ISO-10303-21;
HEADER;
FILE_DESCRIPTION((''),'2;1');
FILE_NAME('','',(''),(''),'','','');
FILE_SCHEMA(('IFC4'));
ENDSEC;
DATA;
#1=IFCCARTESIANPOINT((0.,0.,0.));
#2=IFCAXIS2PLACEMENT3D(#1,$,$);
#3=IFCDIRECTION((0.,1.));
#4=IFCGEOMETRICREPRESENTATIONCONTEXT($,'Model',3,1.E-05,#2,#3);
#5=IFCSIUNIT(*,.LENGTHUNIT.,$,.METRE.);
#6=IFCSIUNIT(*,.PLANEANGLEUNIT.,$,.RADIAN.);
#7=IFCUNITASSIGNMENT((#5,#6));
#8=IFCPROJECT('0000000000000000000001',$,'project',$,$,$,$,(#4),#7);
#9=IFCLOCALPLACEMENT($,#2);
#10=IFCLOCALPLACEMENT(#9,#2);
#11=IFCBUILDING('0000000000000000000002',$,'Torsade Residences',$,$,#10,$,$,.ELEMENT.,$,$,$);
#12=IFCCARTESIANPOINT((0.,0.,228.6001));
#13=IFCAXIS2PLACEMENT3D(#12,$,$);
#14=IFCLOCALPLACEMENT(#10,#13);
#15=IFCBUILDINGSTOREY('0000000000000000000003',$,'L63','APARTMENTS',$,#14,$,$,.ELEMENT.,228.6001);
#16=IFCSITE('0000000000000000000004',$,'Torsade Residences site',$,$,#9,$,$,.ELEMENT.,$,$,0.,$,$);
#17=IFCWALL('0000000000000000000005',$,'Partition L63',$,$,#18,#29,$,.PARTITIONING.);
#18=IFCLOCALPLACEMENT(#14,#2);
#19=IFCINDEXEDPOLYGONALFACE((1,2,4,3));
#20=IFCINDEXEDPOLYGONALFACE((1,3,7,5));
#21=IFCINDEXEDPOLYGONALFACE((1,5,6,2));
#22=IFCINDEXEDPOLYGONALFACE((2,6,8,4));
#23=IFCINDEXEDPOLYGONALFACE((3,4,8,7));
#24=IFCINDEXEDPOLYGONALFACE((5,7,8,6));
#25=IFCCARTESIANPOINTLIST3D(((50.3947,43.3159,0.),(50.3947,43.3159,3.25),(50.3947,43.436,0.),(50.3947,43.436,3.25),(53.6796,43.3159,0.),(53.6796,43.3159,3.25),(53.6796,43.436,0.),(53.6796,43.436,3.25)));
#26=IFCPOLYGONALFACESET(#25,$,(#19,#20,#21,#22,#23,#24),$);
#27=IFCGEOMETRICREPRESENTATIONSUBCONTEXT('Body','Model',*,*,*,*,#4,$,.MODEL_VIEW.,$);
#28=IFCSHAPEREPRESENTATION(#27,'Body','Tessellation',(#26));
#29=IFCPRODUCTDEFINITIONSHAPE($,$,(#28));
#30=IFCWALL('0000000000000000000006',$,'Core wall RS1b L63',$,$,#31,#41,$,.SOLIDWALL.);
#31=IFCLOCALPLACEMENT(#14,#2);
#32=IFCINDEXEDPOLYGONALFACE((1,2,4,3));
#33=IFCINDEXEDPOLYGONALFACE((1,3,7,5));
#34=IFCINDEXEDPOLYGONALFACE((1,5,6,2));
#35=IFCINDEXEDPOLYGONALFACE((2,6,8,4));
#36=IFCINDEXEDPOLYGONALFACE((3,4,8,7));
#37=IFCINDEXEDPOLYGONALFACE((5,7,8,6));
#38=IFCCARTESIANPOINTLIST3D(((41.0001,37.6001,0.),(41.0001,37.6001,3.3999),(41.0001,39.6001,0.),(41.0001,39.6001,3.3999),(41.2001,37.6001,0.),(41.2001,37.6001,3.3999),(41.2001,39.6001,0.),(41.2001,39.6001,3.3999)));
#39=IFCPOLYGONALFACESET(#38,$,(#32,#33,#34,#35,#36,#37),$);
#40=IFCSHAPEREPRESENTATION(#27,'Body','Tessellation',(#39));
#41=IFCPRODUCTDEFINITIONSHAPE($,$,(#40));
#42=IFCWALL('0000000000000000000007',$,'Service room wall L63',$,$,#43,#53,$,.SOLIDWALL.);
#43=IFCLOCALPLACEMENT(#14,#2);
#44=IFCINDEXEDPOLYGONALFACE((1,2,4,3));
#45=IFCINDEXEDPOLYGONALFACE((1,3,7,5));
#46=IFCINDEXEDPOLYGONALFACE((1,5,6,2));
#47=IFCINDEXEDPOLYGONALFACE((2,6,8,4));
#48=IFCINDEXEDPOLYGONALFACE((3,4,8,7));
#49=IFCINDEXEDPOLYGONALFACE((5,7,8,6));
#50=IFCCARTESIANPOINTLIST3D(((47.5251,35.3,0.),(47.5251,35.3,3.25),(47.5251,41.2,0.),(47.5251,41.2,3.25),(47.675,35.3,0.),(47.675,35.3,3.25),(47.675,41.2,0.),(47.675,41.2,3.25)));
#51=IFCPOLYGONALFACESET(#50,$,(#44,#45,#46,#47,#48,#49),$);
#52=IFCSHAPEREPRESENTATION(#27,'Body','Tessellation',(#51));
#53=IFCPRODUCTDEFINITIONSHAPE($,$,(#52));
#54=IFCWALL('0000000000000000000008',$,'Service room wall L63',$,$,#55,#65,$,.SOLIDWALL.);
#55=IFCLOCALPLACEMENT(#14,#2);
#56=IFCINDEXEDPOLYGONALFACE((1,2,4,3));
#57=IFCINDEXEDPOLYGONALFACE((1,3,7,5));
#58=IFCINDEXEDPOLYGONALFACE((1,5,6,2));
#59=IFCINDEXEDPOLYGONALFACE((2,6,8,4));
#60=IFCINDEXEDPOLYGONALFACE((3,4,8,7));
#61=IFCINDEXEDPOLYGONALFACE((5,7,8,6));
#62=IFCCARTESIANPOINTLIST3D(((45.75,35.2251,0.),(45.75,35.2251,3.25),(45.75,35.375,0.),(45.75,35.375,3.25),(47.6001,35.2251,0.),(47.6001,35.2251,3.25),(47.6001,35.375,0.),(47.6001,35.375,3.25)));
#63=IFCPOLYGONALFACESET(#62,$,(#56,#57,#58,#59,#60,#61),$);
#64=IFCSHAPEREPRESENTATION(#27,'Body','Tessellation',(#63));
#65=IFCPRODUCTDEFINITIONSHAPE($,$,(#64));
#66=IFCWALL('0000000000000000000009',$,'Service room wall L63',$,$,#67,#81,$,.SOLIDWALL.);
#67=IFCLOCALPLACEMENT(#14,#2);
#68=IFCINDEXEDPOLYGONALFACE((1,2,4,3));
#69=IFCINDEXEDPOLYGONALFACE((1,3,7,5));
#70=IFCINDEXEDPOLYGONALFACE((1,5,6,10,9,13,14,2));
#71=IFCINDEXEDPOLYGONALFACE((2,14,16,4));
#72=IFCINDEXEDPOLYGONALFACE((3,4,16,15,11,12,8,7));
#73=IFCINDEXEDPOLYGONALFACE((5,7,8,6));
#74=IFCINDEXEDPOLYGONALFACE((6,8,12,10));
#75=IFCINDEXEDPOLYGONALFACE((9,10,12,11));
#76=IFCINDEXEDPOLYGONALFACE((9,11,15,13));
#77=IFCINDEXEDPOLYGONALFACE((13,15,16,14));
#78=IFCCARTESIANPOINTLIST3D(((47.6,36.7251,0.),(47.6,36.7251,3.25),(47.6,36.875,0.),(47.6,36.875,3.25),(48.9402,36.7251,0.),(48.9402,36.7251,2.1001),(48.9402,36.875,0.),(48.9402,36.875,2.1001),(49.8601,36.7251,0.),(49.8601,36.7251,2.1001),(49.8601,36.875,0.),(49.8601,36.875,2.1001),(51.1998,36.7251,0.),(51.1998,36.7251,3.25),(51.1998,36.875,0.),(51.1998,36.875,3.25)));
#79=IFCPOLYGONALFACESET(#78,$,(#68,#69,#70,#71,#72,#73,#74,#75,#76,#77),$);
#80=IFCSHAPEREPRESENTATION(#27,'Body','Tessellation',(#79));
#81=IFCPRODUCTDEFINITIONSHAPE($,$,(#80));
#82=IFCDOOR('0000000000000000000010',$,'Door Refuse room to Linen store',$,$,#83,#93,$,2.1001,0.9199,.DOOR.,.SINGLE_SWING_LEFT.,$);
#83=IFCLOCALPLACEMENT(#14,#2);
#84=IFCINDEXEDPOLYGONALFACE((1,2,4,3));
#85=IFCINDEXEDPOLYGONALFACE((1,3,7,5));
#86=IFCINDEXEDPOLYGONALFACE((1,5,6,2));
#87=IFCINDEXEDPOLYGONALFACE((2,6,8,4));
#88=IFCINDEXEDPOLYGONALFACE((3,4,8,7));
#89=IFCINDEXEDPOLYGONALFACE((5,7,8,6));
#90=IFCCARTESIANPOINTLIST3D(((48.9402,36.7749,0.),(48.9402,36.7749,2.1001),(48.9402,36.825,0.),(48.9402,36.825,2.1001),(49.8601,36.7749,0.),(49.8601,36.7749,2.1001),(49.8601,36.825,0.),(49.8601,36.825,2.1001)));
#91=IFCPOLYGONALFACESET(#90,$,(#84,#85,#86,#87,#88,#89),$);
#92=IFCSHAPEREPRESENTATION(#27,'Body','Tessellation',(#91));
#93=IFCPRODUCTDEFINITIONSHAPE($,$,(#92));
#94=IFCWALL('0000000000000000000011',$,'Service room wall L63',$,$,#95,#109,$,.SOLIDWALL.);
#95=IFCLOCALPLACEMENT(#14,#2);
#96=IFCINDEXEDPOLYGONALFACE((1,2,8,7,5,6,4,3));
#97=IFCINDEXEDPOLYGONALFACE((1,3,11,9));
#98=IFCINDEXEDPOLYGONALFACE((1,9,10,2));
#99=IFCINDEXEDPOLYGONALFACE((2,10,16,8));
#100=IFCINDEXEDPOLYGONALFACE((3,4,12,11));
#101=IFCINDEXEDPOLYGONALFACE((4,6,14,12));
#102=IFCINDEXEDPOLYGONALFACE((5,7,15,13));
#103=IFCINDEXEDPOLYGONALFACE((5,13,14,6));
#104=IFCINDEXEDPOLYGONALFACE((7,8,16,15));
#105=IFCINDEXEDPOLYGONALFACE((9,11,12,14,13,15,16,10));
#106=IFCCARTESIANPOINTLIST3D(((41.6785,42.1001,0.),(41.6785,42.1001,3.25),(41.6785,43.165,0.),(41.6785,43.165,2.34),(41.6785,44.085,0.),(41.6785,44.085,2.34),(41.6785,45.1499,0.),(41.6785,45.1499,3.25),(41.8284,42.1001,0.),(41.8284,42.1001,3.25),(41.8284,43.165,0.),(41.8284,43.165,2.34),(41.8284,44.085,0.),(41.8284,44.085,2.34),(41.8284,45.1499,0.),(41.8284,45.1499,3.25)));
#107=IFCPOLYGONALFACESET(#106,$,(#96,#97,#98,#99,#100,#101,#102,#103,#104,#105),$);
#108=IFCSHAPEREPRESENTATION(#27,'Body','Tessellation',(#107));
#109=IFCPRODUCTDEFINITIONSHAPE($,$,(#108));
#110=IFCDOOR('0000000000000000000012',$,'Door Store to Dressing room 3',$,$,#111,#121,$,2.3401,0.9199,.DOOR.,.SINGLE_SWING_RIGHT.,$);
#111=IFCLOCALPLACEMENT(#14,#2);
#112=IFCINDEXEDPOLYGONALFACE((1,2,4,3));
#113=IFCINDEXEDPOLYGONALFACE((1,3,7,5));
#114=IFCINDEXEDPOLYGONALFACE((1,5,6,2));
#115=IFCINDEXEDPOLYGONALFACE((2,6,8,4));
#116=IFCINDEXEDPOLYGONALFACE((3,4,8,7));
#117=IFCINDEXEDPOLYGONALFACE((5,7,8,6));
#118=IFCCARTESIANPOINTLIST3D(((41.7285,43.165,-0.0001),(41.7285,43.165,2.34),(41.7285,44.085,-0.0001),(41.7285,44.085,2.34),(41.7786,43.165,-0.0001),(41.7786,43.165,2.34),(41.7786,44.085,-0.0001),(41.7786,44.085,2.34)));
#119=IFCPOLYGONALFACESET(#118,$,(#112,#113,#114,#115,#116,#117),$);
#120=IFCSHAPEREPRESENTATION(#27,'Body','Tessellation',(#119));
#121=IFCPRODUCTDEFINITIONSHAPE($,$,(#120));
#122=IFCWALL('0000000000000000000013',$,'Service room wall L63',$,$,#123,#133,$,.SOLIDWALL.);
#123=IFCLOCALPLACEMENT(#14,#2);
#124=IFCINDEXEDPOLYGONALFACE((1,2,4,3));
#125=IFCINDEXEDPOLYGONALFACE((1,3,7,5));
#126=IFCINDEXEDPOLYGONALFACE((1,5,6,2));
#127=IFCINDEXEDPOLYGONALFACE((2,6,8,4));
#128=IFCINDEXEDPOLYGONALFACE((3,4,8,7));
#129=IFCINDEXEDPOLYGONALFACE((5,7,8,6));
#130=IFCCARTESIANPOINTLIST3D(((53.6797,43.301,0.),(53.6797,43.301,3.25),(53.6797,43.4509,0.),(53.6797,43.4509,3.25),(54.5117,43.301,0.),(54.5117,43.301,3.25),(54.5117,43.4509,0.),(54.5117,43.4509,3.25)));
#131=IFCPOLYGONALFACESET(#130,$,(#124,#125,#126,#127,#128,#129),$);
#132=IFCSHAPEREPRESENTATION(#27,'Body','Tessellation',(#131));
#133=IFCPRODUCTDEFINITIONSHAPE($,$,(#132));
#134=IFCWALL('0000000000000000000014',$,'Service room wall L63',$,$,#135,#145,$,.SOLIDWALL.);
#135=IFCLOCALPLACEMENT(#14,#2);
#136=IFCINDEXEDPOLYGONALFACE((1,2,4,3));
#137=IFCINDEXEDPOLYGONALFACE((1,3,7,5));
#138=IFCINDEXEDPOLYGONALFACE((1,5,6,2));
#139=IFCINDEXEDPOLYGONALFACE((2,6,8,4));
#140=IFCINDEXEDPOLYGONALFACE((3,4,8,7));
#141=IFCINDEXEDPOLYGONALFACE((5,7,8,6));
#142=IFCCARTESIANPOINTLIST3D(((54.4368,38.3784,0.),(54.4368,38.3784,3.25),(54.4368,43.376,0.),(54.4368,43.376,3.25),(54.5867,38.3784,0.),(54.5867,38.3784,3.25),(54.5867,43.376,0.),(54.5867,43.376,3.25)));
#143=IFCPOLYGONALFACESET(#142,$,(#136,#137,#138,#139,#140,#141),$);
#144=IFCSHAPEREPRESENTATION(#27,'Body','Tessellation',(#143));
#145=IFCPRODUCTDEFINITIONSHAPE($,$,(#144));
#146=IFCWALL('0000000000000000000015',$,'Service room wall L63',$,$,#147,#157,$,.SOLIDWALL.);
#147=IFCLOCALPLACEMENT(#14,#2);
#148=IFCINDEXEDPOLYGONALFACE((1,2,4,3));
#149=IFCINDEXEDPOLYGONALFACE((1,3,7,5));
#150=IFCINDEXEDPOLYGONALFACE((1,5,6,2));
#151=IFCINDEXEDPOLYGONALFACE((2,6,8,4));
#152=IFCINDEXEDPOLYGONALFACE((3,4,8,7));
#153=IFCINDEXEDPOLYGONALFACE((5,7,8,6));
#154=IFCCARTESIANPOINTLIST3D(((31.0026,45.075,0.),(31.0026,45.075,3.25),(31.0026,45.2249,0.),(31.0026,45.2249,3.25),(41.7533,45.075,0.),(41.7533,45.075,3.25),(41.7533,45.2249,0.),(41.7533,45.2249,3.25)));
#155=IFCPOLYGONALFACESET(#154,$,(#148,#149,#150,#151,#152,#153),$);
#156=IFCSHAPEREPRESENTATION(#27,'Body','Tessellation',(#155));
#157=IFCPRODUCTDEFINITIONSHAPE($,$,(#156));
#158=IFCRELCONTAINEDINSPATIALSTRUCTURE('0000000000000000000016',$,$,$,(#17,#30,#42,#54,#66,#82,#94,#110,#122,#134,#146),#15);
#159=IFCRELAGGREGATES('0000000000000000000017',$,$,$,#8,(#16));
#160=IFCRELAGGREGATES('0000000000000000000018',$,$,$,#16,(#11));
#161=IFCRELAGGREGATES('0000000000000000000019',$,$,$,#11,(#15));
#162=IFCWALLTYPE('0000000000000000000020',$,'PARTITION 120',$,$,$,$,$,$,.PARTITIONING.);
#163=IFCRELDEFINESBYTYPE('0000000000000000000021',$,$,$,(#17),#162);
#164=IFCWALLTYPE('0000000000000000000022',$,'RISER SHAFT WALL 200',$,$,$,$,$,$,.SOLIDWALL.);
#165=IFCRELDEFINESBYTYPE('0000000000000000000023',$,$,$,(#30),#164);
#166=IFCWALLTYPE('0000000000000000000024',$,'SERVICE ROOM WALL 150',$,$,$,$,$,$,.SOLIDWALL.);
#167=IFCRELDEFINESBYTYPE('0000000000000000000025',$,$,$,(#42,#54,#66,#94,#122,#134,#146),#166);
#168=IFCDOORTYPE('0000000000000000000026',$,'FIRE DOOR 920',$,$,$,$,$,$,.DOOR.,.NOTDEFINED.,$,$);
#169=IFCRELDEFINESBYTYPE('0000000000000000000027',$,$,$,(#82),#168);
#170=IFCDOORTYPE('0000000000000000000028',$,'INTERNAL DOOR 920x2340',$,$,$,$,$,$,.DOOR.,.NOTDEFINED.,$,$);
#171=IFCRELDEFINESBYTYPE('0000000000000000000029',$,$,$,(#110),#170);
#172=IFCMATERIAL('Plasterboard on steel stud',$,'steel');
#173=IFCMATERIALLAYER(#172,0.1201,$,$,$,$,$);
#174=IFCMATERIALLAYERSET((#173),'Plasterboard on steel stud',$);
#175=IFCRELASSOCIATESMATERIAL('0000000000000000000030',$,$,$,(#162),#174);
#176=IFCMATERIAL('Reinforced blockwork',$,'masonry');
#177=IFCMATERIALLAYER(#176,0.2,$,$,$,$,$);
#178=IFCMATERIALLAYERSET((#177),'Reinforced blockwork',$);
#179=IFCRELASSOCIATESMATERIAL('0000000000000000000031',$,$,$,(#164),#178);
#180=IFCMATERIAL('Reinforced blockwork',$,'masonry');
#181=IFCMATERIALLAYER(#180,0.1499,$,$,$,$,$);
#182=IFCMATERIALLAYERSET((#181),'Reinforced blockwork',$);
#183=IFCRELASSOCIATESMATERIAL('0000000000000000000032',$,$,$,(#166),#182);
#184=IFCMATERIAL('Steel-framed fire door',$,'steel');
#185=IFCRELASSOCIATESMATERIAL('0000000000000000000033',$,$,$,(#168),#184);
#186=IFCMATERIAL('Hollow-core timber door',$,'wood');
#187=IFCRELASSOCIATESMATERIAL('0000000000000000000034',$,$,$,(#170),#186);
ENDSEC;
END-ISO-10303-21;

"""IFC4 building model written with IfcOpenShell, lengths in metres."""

from ifc_helpers import new_model, si_unit, direction, frame, frame_2d, origin, place, context, subcontext, project, spatial, rectangle, extrude, material, layer, layer_set, type_object, element, fill, save


model = new_model("IFC4")

# Units and contexts
model_context = context("Model", 3, precision=1e-05, world=origin(), true_north=direction((0.0, 1.0)))
body_context = subcontext(model_context, "Body", "Model", "MODEL_VIEW")
ifc_project = project(units=[si_unit("LENGTHUNIT", "METRE"), si_unit("PLANEANGLEUNIT", "RADIAN")], contexts=[model_context])

# Site, building, storey
site_placement = place(None, origin())
site = spatial("IfcSite", under=ifc_project, at=site_placement, Name="Torsade Residences site", CompositionType="ELEMENT", RefElevation=0.0)
building_placement = place(site_placement, origin())
building = spatial("IfcBuilding", under=site, at=building_placement, Name="Torsade Residences", CompositionType="ELEMENT")
storey_placement = place(building_placement, frame((0.0, 0.0, 228.6001)))
storey = spatial("IfcBuildingStorey", under=building, at=storey_placement, Name="L63", Description="APARTMENTS", CompositionType="ELEMENT", Elevation=228.6001)

# Shared definitions
ifc_material_1 = material(Name="Plasterboard on steel stud", Category="steel")
ifc_layer_1 = layer(ifc_material_1, 0.1201)
ifc_layer_set_1 = layer_set([ifc_layer_1], Name="Plasterboard on steel stud")
wall_type_1 = type_object("IfcWallType", Name="PARTITION 120", PredefinedType="PARTITIONING", material=ifc_layer_set_1)

# Walls
wall_1_placement = place(storey_placement, frame((53.6797, 43.376, 0.0), z_axis=(0.0, 0.0, 1.0), x_axis=(-1.0, 0.0, 0.0)))
element("IfcWall", 1, at=wall_1_placement, inside=storey, type_object=wall_type_1, Name="Partition L63", PredefinedType="PARTITIONING", context=body_context, shape_type="SweptSolid", body=[
    extrude(rectangle(XDim=3.2849, YDim=0.1201, at=frame_2d((1.6426, 0.0))), origin(), (0.0, 0.0, 1.0), 3.25),
])
ifc_material_2 = material(Name="Reinforced blockwork", Category="masonry")
ifc_layer_2 = layer(ifc_material_2, 0.2)
ifc_layer_set_2 = layer_set([ifc_layer_2], Name="Reinforced blockwork")
wall_type_2 = type_object("IfcWallType", Name="RISER SHAFT WALL 200", PredefinedType="SOLIDWALL", material=ifc_layer_set_2)
wall_2_placement = place(storey_placement, frame((41.1001, 37.6001, 0.0), z_axis=(0.0, 0.0, 1.0), x_axis=(0.0, 1.0, 0.0)))
element("IfcWall", 2, at=wall_2_placement, inside=storey, type_object=wall_type_2, Name="Core wall RS1b L63", PredefinedType="SOLIDWALL", context=body_context, shape_type="SweptSolid", body=[
    extrude(rectangle(XDim=2.0, YDim=0.2, at=frame_2d((1.0, 0.0))), origin(), (0.0, 0.0, 1.0), 3.3999),
])
ifc_material_3 = material(Name="Reinforced blockwork", Category="masonry")
ifc_layer_3 = layer(ifc_material_3, 0.1499)
ifc_layer_set_3 = layer_set([ifc_layer_3], Name="Reinforced blockwork")
wall_type_3 = type_object("IfcWallType", Name="SERVICE ROOM WALL 150", PredefinedType="SOLIDWALL", material=ifc_layer_set_3)
wall_3_placement = place(storey_placement, frame((47.6001, 41.2, 0.0), z_axis=(0.0, 0.0, 1.0), x_axis=(0.0, -1.0, 0.0)))
element("IfcWall", 3, at=wall_3_placement, inside=storey, type_object=wall_type_3, Name="Service room wall L63", PredefinedType="SOLIDWALL", context=body_context, shape_type="SweptSolid", body=[
    extrude(rectangle(XDim=5.8999, YDim=0.1499, at=frame_2d((2.95, 0.0))), origin(), (0.0, 0.0, 1.0), 3.25),
])
wall_4_placement = place(storey_placement, frame((47.6001, 35.3, 0.0), z_axis=(0.0, 0.0, 1.0), x_axis=(-1.0, 0.0, 0.0)))
element("IfcWall", 4, at=wall_4_placement, inside=storey, type_object=wall_type_3, Name="Service room wall L63", PredefinedType="SOLIDWALL", context=body_context, shape_type="SweptSolid", body=[
    extrude(rectangle(XDim=1.8501, YDim=0.1499, at=frame_2d((0.925, 0.0))), origin(), (0.0, 0.0, 1.0), 3.25),
])

# Walls, openings, doors
wall_5_placement = place(storey_placement, frame((47.6001, 36.8, 0.0), z_axis=(0.0, 0.0, 1.0), x_axis=(1.0, 0.0, 0.0)))
wall_5 = element("IfcWall", 5, at=wall_5_placement, inside=storey, type_object=wall_type_3, Name="Service room wall L63", PredefinedType="SOLIDWALL", context=body_context, shape_type="SweptSolid", body=[
    extrude(rectangle(XDim=3.5999, YDim=0.1499, at=frame_2d((1.7998, 0.0))), origin(), (0.0, 0.0, 1.0), 3.25),
])
opening_1_placement = place(wall_5_placement, frame((1.3401, 0.0, 0.0)))
opening_1 = element("IfcOpeningElement", 6, at=opening_1_placement, cuts=wall_5, PredefinedType="OPENING", context=body_context, shape_type="SweptSolid", body=[
    extrude(rectangle(XDim=0.9199, YDim=2.1001, at=frame_2d((0.46, 1.05))), frame((0.0, 0.085, 0.0), z_axis=(0.0, -1.0, 0.0), x_axis=(1.0, 0.0, 0.0)), (0.0, 0.0, 1.0), 0.1699),
])
ifc_material_4 = material(Name="Steel-framed fire door", Category="steel")
door_type_1 = type_object("IfcDoorType", Name="FIRE DOOR 920", OperationType="NOTDEFINED", PredefinedType="DOOR", material=ifc_material_4)
door_1_placement = place(opening_1_placement, origin())
door_1 = element("IfcDoor", 7, at=door_1_placement, inside=storey, type_object=door_type_1, Name="Door Refuse room to Linen store", OperationType="SINGLE_SWING_LEFT", OverallHeight=2.1001, OverallWidth=0.9199, PredefinedType="DOOR", context=body_context, shape_type="SweptSolid", body=[
    extrude(rectangle(XDim=0.9199, YDim=2.1001, at=frame_2d((0.46, 1.05))), frame((0.0, 0.0249, 0.0), z_axis=(0.0, -1.0, 0.0), x_axis=(1.0, 0.0, 0.0)), (0.0, 0.0, 1.0), 0.05),
])
fill(opening_1, door_1)
wall_6_placement = place(storey_placement, frame((41.7534, 42.1001, 0.0), z_axis=(0.0, 0.0, 1.0), x_axis=(0.0, 1.0, 0.0)))
wall_6 = element("IfcWall", 8, at=wall_6_placement, inside=storey, type_object=wall_type_3, Name="Service room wall L63", PredefinedType="SOLIDWALL", context=body_context, shape_type="SweptSolid", body=[
    extrude(rectangle(XDim=3.0498, YDim=0.1499, at=frame_2d((1.5249, 0.0))), origin(), (0.0, 0.0, 1.0), 3.25),
])
opening_2_placement = place(wall_6_placement, frame((1.0649, 0.0, 0.0)))
opening_2 = element("IfcOpeningElement", 9, at=opening_2_placement, cuts=wall_6, PredefinedType="OPENING", context=body_context, shape_type="SweptSolid", body=[
    extrude(rectangle(XDim=0.9199, YDim=2.3401, at=frame_2d((0.46, 1.1699))), frame((0.0, 0.085, 0.0), z_axis=(0.0, -1.0, 0.0), x_axis=(1.0, 0.0, 0.0)), (0.0, 0.0, 1.0), 0.1699),
])
ifc_material_5 = material(Name="Hollow-core timber door", Category="wood")
door_type_2 = type_object("IfcDoorType", Name="INTERNAL DOOR 920x2340", OperationType="NOTDEFINED", PredefinedType="DOOR", material=ifc_material_5)
door_2_placement = place(opening_2_placement, origin())
door_2 = element("IfcDoor", 10, at=door_2_placement, inside=storey, type_object=door_type_2, Name="Door Store to Dressing room 3", OperationType="SINGLE_SWING_RIGHT", OverallHeight=2.3401, OverallWidth=0.9199, PredefinedType="DOOR", context=body_context, shape_type="SweptSolid", body=[
    extrude(rectangle(XDim=0.9199, YDim=2.3401, at=frame_2d((0.46, 1.1699))), frame((0.0, 0.0249, 0.0), z_axis=(0.0, -1.0, 0.0), x_axis=(1.0, 0.0, 0.0)), (0.0, 0.0, 1.0), 0.05),
])
fill(opening_2, door_2)

# Walls
wall_7_placement = place(storey_placement, frame((53.6797, 43.376, 0.0), z_axis=(0.0, 0.0, 1.0), x_axis=(1.0, 0.0, 0.0)))
element("IfcWall", 11, at=wall_7_placement, inside=storey, type_object=wall_type_3, Name="Service room wall L63", PredefinedType="SOLIDWALL", context=body_context, shape_type="SweptSolid", body=[
    extrude(rectangle(XDim=0.832, YDim=0.1499, at=frame_2d((0.416, 0.0))), origin(), (0.0, 0.0, 1.0), 3.25),
])
wall_8_placement = place(storey_placement, frame((54.5117, 43.376, 0.0), z_axis=(0.0, 0.0, 1.0), x_axis=(0.0, -1.0, 0.0)))
element("IfcWall", 12, at=wall_8_placement, inside=storey, type_object=wall_type_3, Name="Service room wall L63", PredefinedType="SOLIDWALL", context=body_context, shape_type="SweptSolid", body=[
    extrude(rectangle(XDim=4.9976, YDim=0.1499, at=frame_2d((2.4988, 0.0))), origin(), (0.0, 0.0, 1.0), 3.25),
])
wall_9_placement = place(storey_placement, frame((41.7534, 45.1499, 0.0), z_axis=(0.0, 0.0, 1.0), x_axis=(-1.0, 0.0, 0.0)))
element("IfcWall", 13, at=wall_9_placement, inside=storey, type_object=wall_type_3, Name="Service room wall L63", PredefinedType="SOLIDWALL", context=body_context, shape_type="SweptSolid", body=[
    extrude(rectangle(XDim=10.7507, YDim=0.1499, at=frame_2d((5.3755, 0.0))), origin(), (0.0, 0.0, 1.0), 3.25),
])

save(model, "model.ifc")
